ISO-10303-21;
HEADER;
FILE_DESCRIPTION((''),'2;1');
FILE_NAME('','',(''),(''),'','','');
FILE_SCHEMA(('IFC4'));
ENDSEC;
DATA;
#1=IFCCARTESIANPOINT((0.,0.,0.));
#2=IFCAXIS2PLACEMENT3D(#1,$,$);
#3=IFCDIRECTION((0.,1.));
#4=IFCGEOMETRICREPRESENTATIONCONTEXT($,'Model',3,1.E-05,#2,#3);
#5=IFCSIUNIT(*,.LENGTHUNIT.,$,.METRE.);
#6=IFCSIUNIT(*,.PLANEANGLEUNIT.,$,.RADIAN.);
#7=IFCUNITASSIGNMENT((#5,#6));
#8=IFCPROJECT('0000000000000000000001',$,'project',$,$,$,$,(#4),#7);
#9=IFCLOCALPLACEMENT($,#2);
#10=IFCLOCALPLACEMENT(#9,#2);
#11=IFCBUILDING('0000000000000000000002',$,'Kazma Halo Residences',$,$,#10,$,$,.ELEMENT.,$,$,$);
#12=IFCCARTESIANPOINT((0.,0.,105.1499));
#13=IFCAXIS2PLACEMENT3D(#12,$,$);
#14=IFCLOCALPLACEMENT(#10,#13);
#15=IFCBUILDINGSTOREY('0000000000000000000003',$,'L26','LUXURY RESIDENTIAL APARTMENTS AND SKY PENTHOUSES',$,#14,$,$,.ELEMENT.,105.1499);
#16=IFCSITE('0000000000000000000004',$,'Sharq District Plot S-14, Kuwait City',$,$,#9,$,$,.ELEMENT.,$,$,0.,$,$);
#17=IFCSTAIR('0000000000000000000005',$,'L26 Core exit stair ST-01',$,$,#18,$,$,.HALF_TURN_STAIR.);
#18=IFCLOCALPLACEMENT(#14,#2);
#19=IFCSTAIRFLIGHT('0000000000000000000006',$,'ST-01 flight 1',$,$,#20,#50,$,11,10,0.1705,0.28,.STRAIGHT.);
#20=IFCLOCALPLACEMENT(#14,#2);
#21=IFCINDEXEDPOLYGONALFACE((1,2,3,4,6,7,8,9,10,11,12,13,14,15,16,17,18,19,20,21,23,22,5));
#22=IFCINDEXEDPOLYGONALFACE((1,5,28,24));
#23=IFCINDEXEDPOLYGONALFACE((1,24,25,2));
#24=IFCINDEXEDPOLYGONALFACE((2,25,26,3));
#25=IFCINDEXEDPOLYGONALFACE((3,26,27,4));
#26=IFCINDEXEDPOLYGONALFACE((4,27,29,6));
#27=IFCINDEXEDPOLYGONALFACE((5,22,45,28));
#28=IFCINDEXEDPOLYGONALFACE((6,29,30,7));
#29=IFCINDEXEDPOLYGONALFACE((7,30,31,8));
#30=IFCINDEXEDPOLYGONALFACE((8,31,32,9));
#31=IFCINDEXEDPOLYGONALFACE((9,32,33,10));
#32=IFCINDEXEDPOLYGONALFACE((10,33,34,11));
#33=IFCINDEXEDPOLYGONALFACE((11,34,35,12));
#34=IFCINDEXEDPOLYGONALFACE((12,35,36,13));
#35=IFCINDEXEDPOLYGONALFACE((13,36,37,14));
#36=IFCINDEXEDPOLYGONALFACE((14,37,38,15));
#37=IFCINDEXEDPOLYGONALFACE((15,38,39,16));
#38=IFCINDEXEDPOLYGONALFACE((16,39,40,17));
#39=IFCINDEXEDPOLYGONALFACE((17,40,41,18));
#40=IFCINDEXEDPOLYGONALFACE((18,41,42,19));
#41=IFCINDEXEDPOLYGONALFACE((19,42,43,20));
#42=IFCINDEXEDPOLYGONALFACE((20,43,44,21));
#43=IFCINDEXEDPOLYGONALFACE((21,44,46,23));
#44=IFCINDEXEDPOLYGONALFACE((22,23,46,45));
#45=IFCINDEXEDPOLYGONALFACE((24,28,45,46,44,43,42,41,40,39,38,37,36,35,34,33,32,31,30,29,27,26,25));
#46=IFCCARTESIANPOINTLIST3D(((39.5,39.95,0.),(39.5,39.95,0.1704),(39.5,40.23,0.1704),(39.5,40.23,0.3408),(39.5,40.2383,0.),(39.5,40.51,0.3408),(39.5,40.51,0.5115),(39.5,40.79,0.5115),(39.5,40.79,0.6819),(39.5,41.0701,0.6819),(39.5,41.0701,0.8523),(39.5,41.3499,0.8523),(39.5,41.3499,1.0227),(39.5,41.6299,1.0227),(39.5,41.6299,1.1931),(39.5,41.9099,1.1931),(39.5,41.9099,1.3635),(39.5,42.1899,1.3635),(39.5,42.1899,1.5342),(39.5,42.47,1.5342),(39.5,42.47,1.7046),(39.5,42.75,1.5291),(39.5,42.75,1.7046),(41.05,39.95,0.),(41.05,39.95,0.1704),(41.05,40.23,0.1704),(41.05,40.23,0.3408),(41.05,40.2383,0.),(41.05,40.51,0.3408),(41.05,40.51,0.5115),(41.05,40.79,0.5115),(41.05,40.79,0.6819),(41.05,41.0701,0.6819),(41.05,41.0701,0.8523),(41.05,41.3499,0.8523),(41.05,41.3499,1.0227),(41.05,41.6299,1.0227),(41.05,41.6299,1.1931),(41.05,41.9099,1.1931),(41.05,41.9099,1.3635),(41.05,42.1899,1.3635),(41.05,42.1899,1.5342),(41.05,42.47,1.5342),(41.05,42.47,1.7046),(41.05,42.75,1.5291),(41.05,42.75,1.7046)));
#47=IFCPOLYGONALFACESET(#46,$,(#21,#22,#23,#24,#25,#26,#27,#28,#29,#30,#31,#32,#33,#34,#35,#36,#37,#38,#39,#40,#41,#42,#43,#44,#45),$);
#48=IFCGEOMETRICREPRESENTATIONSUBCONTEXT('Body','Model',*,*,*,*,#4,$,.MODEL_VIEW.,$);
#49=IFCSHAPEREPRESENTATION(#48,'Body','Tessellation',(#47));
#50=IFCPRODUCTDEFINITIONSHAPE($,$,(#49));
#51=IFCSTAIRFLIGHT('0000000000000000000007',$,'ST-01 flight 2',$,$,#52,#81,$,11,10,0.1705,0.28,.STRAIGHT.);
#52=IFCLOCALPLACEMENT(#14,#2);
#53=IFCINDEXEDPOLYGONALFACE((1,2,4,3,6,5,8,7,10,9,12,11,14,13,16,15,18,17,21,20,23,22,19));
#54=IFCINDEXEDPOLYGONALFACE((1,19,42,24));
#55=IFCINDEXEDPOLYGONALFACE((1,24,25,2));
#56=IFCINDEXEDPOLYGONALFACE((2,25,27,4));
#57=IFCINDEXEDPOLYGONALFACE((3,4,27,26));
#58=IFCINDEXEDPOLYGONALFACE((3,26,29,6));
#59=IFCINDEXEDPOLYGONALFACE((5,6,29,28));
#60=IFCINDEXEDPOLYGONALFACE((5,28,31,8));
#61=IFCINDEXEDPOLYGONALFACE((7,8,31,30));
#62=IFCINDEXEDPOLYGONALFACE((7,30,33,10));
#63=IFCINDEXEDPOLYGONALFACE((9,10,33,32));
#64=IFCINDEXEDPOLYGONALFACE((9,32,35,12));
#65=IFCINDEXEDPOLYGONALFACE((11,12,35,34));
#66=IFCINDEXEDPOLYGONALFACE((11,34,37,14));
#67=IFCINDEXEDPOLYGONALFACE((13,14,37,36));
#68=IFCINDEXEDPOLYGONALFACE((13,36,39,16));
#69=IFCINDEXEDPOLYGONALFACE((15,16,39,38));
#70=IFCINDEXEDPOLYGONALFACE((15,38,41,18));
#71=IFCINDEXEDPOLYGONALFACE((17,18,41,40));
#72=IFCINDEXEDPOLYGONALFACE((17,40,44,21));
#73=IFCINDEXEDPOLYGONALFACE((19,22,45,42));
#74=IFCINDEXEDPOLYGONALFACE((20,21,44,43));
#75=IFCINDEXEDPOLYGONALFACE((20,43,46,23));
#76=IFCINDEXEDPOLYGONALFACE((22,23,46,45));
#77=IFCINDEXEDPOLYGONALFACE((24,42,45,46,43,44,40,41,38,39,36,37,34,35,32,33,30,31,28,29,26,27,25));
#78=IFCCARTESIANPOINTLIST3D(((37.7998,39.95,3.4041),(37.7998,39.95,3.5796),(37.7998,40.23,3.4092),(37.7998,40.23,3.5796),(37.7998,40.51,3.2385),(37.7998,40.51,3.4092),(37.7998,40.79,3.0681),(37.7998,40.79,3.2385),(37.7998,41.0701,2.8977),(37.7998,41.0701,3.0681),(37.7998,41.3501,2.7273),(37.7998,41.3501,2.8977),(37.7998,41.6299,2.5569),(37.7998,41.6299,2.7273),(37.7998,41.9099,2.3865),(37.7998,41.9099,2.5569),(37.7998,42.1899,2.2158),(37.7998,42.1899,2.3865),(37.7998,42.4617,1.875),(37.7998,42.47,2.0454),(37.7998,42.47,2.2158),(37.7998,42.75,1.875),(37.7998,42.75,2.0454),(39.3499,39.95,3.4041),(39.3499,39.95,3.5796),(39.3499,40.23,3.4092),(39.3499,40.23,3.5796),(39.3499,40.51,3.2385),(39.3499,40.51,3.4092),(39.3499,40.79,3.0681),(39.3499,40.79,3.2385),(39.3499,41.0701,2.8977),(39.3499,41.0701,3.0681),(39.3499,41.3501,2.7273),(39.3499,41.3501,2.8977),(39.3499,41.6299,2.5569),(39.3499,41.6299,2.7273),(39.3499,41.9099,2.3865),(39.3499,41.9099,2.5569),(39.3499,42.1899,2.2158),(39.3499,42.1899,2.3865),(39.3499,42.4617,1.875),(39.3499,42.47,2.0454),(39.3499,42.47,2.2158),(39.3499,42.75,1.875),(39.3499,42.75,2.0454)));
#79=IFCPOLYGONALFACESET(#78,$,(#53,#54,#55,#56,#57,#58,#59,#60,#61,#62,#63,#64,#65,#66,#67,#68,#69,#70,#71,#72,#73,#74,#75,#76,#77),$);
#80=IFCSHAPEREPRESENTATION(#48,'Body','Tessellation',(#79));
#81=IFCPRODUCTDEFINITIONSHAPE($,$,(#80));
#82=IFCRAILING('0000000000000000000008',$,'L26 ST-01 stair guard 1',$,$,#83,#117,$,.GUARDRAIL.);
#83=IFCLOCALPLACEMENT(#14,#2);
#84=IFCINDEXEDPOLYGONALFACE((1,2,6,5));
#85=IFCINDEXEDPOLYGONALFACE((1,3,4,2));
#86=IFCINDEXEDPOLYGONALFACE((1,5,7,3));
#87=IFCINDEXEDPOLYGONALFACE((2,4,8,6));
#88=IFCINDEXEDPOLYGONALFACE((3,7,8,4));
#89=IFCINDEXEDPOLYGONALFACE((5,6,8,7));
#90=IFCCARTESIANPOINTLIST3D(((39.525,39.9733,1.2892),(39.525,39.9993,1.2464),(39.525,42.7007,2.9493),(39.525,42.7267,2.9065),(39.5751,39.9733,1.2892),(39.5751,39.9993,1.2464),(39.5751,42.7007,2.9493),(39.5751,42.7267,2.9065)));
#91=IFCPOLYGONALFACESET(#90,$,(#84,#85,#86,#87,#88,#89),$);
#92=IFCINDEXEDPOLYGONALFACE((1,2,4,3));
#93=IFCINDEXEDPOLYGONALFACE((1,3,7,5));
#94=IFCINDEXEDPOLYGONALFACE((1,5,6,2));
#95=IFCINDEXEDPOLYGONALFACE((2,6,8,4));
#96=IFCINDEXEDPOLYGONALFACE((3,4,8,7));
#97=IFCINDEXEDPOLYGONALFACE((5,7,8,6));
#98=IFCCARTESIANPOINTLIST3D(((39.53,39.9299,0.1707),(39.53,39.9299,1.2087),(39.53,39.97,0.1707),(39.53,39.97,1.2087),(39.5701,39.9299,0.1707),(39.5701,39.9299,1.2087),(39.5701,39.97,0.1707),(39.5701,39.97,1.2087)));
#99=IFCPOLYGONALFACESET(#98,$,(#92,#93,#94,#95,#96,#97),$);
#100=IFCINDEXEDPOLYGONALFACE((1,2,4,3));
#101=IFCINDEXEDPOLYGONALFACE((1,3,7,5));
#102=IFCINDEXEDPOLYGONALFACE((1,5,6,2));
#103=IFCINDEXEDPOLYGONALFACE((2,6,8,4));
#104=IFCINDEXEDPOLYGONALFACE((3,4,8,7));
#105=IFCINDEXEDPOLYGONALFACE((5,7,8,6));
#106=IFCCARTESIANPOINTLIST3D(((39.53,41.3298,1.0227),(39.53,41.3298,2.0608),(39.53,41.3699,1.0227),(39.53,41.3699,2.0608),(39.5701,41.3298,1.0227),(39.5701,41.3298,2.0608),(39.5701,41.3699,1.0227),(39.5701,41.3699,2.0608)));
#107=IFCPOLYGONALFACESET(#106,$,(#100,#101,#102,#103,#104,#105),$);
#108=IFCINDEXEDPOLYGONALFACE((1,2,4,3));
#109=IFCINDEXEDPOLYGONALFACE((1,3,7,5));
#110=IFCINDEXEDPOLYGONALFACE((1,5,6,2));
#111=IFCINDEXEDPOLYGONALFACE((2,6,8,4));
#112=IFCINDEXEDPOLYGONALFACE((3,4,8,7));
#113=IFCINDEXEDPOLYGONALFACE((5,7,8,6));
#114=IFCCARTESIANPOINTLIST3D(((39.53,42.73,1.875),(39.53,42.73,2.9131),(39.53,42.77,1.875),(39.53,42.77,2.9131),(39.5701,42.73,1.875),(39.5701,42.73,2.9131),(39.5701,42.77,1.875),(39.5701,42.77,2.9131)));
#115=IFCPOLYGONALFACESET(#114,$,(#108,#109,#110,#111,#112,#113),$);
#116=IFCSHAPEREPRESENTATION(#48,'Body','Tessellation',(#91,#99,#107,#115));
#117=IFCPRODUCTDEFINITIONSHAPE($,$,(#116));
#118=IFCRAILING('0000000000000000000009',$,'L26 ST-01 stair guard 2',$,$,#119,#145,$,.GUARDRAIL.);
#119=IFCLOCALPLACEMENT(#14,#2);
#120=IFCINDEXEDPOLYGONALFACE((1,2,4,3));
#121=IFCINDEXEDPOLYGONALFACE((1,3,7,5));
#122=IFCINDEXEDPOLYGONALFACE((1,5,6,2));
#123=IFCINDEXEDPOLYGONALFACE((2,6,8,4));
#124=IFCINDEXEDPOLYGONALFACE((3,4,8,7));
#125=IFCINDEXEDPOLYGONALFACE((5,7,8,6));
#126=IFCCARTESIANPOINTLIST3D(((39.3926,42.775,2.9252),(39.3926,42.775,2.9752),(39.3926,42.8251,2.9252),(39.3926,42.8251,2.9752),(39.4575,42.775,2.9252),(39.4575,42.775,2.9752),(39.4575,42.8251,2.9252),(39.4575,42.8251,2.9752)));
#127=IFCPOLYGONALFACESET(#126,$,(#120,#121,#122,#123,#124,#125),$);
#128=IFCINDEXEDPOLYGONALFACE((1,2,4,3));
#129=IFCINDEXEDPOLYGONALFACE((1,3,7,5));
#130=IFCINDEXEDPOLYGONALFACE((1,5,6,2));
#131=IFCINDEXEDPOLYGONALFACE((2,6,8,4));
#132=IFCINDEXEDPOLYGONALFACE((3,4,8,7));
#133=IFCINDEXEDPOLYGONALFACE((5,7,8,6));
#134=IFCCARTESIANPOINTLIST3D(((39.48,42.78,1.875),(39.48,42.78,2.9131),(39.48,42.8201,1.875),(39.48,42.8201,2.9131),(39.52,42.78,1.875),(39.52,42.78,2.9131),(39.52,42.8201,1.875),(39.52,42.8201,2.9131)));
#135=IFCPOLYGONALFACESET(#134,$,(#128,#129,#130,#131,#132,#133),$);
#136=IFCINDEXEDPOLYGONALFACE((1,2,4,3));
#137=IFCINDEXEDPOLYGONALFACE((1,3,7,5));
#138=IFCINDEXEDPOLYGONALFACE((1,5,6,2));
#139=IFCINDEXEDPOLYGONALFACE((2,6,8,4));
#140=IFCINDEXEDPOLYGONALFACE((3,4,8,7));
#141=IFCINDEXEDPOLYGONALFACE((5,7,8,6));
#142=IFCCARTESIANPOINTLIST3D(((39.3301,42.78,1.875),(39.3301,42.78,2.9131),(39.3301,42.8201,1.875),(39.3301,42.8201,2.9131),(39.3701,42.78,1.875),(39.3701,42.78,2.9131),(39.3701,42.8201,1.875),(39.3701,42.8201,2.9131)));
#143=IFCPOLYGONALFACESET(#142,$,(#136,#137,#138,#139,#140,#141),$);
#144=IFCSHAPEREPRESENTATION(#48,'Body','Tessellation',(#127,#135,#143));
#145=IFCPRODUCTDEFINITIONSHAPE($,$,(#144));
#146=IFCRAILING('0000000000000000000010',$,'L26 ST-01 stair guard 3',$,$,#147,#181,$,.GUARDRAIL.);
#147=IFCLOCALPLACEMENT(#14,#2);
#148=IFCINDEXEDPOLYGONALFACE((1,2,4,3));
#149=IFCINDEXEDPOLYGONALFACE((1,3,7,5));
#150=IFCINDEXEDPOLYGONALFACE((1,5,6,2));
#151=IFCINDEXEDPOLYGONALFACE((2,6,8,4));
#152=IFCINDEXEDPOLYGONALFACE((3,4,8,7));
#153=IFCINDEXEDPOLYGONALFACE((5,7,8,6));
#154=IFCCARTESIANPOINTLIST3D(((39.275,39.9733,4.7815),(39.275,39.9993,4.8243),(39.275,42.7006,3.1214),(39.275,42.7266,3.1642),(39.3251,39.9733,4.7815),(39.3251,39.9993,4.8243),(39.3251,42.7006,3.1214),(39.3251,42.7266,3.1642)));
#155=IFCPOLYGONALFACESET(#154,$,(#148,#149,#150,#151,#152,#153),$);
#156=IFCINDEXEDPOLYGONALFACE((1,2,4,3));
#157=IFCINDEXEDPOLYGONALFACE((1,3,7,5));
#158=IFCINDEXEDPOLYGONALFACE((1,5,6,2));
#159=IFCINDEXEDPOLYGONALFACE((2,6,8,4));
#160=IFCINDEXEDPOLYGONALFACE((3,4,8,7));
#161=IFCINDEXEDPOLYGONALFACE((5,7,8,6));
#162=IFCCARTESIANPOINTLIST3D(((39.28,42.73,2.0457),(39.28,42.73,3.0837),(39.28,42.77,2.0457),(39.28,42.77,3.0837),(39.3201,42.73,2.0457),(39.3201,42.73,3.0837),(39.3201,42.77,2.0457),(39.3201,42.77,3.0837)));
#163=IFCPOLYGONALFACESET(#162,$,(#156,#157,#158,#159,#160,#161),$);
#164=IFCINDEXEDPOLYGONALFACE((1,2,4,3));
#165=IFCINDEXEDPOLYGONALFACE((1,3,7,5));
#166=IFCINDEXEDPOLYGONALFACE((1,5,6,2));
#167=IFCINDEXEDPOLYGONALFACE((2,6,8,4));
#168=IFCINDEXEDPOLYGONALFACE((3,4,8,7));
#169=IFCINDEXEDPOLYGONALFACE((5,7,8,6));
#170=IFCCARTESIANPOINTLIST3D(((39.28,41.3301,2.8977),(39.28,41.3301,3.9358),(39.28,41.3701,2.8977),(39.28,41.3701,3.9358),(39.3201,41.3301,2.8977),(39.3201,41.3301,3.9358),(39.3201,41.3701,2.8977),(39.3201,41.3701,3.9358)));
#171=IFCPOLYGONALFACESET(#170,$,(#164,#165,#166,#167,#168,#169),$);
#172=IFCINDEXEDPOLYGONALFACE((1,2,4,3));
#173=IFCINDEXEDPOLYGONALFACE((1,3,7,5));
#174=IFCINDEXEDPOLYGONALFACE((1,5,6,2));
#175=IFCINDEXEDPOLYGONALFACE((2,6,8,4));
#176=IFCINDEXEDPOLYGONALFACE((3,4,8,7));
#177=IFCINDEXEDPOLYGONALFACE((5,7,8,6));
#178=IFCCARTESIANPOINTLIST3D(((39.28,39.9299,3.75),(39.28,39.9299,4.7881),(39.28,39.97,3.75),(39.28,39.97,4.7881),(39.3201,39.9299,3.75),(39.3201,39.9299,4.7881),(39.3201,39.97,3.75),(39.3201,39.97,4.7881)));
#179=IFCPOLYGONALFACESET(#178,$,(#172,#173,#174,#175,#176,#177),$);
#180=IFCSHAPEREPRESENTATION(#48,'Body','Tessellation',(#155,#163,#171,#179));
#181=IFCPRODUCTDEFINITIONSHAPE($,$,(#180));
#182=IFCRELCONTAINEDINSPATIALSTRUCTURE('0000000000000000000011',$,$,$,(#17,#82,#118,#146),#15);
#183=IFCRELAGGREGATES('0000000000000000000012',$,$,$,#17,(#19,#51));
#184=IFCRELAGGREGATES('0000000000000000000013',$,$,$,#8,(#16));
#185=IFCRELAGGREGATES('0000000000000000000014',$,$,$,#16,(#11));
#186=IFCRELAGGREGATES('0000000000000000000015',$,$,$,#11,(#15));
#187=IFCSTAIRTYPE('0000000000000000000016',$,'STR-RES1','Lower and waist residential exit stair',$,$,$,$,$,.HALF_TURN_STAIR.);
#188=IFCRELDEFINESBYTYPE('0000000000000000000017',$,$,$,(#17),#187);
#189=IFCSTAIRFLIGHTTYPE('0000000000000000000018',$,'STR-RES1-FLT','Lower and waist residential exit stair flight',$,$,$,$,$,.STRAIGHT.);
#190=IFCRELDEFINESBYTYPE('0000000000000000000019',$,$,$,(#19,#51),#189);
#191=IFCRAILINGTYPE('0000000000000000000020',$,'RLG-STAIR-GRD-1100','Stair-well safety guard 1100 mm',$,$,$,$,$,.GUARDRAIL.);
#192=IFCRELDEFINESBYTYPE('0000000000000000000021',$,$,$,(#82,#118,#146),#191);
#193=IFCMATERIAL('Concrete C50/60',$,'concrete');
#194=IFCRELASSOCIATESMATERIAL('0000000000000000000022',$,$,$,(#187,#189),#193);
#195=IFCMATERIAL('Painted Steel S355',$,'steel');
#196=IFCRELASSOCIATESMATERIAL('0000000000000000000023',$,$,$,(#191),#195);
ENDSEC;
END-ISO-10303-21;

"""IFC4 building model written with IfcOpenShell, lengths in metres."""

from ifc_helpers import new_model, si_unit, direction, frame, origin, origin_2d, place, context, subcontext, project, spatial, polyline, rectangle, outline, extrude, material, type_object, element, aggregate, save


model = new_model("IFC4")

# Units and contexts
model_context = context("Model", 3, precision=1e-05, world=origin(), true_north=direction((0.0, 1.0)))
body_context = subcontext(model_context, "Body", "Model", "MODEL_VIEW")
ifc_project = project(units=[si_unit("LENGTHUNIT", "METRE"), si_unit("PLANEANGLEUNIT", "RADIAN")], contexts=[model_context])

# Site, building, storey
site_placement = place(None, origin())
site = spatial("IfcSite", under=ifc_project, at=site_placement, Name="Sharq District Plot S-14, Kuwait City", CompositionType="ELEMENT", RefElevation=0.0)
building_placement = place(site_placement, origin())
building = spatial("IfcBuilding", under=site, at=building_placement, Name="Kazma Halo Residences", CompositionType="ELEMENT")
storey_placement = place(building_placement, frame((0.0, 0.0, 105.1499)))
storey = spatial("IfcBuildingStorey", under=building, at=storey_placement, Name="L26", Description="LUXURY RESIDENTIAL APARTMENTS AND SKY PENTHOUSES", CompositionType="ELEMENT", Elevation=105.1499)

# Stair, stair flights
ifc_material_1 = material(Name="Concrete C50/60", Category="concrete")
stair_type = type_object("IfcStairType", Name="STR-RES1", Description="Lower and waist residential exit stair", PredefinedType="HALF_TURN_STAIR", material=ifc_material_1)
stair_placement = place(storey_placement, origin())
stair = element("IfcStair", 1, at=stair_placement, inside=storey, type_object=stair_type, Name="L26 Core exit stair ST-01", PredefinedType="HALF_TURN_STAIR")
stair_flight_type = type_object("IfcStairFlightType", Name="STR-RES1-FLT", Description="Lower and waist residential exit stair flight", PredefinedType="STRAIGHT", material=ifc_material_1)
stair_flight_1_placement = place(storey_placement, frame((40.2749, 39.95, 0.0), z_axis=(0.0, 0.0, 1.0), x_axis=(0.0, 1.0, 0.0)))
stair_flight_1 = element("IfcStairFlight", 2, at=stair_flight_1_placement, type_object=stair_flight_type, Name="ST-01 flight 1", NumberOfRisers=11, NumberOfTreads=10, PredefinedType="STRAIGHT", RiserHeight=0.1705, TreadLength=0.28, context=body_context, shape_type="SweptSolid", body=[
    extrude(outline(polyline([(0.0, 0.0), (0.0, 0.1704), (0.28, 0.1704), (0.28, 0.3408), (0.5601, 0.3408), (0.5601, 0.5115), (0.8401, 0.5115), (0.8401, 0.6819), (1.1201, 0.6819), (1.1201, 0.8523), (1.3999, 0.8523), (1.3999, 1.0227), (1.6799, 1.0227), (1.6799, 1.1931), (1.96, 1.1931), (1.96, 1.3635), (2.24, 1.3635), (2.24, 1.5342), (2.52, 1.5342), (2.52, 1.7046), (2.8, 1.7046), (2.8, 1.875), (2.8, 1.5291), (0.2883, 0.0), (0.0, 0.0)])), frame((0.0, 0.7749, 0.0), z_axis=(0.0, -1.0, 0.0), x_axis=(1.0, 0.0, 0.0)), (0.0, 0.0, 1.0), 1.55),
])
stair_flight_2_placement = place(storey_placement, frame((38.575, 42.75, 1.875), z_axis=(0.0, 0.0, 1.0), x_axis=(0.0, -1.0, 0.0)))
stair_flight_2 = element("IfcStairFlight", 3, at=stair_flight_2_placement, type_object=stair_flight_type, Name="ST-01 flight 2", NumberOfRisers=11, NumberOfTreads=10, PredefinedType="STRAIGHT", RiserHeight=0.1705, TreadLength=0.28, context=body_context, shape_type="SweptSolid", body=[
    extrude(outline(polyline([(0.0, 0.0), (0.0, 0.1704), (0.28, 0.1704), (0.28, 0.3408), (0.5601, 0.3408), (0.5601, 0.5115), (0.8401, 0.5115), (0.8401, 0.6819), (1.1201, 0.6819), (1.1201, 0.8523), (1.3999, 0.8523), (1.3999, 1.0227), (1.6799, 1.0227), (1.6799, 1.1931), (1.96, 1.1931), (1.96, 1.3635), (2.24, 1.3635), (2.24, 1.5342), (2.52, 1.5342), (2.52, 1.7046), (2.8, 1.7046), (2.8, 1.875), (2.8, 1.5291), (0.2883, 0.0), (0.0, 0.0)])), frame((0.0, 0.7749, 0.0), z_axis=(0.0, -1.0, 0.0), x_axis=(1.0, 0.0, 0.0)), (0.0, 0.0, 1.0), 1.55),
])
aggregate(stair, [stair_flight_1, stair_flight_2])

# Railings
ifc_material_2 = material(Name="Painted Steel S355", Category="steel")
railing_type_1 = type_object("IfcRailingType", Name="RLG-STAIR-GRD-1100", Description="Stair-well safety guard 1100 mm", PredefinedType="GUARDRAIL", material=ifc_material_2)
railing_1_placement = place(storey_placement, frame((39.55, 39.95, 0.1707)))
element("IfcRailing", 4, at=railing_1_placement, inside=storey, type_object=railing_type_1, Name="L26 ST-01 stair guard 1", PredefinedType="GUARDRAIL", context=body_context, shape_type="SweptSolid", body=[
    extrude(rectangle(XDim=0.05, YDim=0.05, at=origin_2d()), frame((0.0, 0.0364, 1.0972), z_axis=(0.0, 0.854203, 0.51994), x_axis=(-1.0, 0.0, 0.0)), (0.0, 0.0, 1.0), 3.1929),
    extrude(rectangle(XDim=0.04, YDim=0.04, at=origin_2d()), origin(), (0.0, 0.0, 1.0), 1.0381),
    extrude(rectangle(XDim=0.04, YDim=0.04, at=origin_2d()), frame((0.0, 1.3999, 0.8521)), (0.0, 0.0, 1.0), 1.0381),
    extrude(rectangle(XDim=0.04, YDim=0.04, at=origin_2d()), frame((0.0, 2.8, 1.7043)), (0.0, 0.0, 1.0), 1.0381),
])
railing_2_placement = place(storey_placement, frame((39.5, 42.8, 1.875)))
element("IfcRailing", 5, at=railing_2_placement, inside=storey, type_object=railing_type_1, Name="L26 ST-01 stair guard 2", PredefinedType="GUARDRAIL", context=body_context, shape_type="SweptSolid", body=[
    extrude(rectangle(XDim=0.05, YDim=0.05, at=origin_2d()), frame((-0.0425, 0.0, 1.0752), z_axis=(-1.0, 0.0, 0.0), x_axis=(0.0, -1.0, 0.0)), (0.0, 0.0, 1.0), 0.0649),
    extrude(rectangle(XDim=0.04, YDim=0.04, at=origin_2d()), origin(), (0.0, 0.0, 1.0), 1.0381),
    extrude(rectangle(XDim=0.04, YDim=0.04, at=origin_2d()), frame((-0.1499, 0.0, 0.0)), (0.0, 0.0, 1.0), 1.0381),
])
railing_3_placement = place(storey_placement, frame((39.3, 42.75, 2.0457)))
element("IfcRailing", 6, at=railing_3_placement, inside=storey, type_object=railing_type_1, Name="L26 ST-01 stair guard 3", PredefinedType="GUARDRAIL", context=body_context, shape_type="SweptSolid", body=[
    extrude(rectangle(XDim=0.05, YDim=0.05, at=origin_2d()), frame((0.0, -0.0364, 1.0972), z_axis=(0.0, -0.854203, 0.51994), x_axis=(1.0, 0.0, 0.0)), (0.0, 0.0, 1.0), 3.1929),
    extrude(rectangle(XDim=0.04, YDim=0.04, at=origin_2d()), origin(), (0.0, 0.0, 1.0), 1.0381),
    extrude(rectangle(XDim=0.04, YDim=0.04, at=origin_2d()), frame((0.0, -1.3999, 0.8521)), (0.0, 0.0, 1.0), 1.0381),
    extrude(rectangle(XDim=0.04, YDim=0.04, at=origin_2d()), frame((0.0, -2.8, 1.7043)), (0.0, 0.0, 1.0), 1.0381),
])

save(model, "model.ifc")
